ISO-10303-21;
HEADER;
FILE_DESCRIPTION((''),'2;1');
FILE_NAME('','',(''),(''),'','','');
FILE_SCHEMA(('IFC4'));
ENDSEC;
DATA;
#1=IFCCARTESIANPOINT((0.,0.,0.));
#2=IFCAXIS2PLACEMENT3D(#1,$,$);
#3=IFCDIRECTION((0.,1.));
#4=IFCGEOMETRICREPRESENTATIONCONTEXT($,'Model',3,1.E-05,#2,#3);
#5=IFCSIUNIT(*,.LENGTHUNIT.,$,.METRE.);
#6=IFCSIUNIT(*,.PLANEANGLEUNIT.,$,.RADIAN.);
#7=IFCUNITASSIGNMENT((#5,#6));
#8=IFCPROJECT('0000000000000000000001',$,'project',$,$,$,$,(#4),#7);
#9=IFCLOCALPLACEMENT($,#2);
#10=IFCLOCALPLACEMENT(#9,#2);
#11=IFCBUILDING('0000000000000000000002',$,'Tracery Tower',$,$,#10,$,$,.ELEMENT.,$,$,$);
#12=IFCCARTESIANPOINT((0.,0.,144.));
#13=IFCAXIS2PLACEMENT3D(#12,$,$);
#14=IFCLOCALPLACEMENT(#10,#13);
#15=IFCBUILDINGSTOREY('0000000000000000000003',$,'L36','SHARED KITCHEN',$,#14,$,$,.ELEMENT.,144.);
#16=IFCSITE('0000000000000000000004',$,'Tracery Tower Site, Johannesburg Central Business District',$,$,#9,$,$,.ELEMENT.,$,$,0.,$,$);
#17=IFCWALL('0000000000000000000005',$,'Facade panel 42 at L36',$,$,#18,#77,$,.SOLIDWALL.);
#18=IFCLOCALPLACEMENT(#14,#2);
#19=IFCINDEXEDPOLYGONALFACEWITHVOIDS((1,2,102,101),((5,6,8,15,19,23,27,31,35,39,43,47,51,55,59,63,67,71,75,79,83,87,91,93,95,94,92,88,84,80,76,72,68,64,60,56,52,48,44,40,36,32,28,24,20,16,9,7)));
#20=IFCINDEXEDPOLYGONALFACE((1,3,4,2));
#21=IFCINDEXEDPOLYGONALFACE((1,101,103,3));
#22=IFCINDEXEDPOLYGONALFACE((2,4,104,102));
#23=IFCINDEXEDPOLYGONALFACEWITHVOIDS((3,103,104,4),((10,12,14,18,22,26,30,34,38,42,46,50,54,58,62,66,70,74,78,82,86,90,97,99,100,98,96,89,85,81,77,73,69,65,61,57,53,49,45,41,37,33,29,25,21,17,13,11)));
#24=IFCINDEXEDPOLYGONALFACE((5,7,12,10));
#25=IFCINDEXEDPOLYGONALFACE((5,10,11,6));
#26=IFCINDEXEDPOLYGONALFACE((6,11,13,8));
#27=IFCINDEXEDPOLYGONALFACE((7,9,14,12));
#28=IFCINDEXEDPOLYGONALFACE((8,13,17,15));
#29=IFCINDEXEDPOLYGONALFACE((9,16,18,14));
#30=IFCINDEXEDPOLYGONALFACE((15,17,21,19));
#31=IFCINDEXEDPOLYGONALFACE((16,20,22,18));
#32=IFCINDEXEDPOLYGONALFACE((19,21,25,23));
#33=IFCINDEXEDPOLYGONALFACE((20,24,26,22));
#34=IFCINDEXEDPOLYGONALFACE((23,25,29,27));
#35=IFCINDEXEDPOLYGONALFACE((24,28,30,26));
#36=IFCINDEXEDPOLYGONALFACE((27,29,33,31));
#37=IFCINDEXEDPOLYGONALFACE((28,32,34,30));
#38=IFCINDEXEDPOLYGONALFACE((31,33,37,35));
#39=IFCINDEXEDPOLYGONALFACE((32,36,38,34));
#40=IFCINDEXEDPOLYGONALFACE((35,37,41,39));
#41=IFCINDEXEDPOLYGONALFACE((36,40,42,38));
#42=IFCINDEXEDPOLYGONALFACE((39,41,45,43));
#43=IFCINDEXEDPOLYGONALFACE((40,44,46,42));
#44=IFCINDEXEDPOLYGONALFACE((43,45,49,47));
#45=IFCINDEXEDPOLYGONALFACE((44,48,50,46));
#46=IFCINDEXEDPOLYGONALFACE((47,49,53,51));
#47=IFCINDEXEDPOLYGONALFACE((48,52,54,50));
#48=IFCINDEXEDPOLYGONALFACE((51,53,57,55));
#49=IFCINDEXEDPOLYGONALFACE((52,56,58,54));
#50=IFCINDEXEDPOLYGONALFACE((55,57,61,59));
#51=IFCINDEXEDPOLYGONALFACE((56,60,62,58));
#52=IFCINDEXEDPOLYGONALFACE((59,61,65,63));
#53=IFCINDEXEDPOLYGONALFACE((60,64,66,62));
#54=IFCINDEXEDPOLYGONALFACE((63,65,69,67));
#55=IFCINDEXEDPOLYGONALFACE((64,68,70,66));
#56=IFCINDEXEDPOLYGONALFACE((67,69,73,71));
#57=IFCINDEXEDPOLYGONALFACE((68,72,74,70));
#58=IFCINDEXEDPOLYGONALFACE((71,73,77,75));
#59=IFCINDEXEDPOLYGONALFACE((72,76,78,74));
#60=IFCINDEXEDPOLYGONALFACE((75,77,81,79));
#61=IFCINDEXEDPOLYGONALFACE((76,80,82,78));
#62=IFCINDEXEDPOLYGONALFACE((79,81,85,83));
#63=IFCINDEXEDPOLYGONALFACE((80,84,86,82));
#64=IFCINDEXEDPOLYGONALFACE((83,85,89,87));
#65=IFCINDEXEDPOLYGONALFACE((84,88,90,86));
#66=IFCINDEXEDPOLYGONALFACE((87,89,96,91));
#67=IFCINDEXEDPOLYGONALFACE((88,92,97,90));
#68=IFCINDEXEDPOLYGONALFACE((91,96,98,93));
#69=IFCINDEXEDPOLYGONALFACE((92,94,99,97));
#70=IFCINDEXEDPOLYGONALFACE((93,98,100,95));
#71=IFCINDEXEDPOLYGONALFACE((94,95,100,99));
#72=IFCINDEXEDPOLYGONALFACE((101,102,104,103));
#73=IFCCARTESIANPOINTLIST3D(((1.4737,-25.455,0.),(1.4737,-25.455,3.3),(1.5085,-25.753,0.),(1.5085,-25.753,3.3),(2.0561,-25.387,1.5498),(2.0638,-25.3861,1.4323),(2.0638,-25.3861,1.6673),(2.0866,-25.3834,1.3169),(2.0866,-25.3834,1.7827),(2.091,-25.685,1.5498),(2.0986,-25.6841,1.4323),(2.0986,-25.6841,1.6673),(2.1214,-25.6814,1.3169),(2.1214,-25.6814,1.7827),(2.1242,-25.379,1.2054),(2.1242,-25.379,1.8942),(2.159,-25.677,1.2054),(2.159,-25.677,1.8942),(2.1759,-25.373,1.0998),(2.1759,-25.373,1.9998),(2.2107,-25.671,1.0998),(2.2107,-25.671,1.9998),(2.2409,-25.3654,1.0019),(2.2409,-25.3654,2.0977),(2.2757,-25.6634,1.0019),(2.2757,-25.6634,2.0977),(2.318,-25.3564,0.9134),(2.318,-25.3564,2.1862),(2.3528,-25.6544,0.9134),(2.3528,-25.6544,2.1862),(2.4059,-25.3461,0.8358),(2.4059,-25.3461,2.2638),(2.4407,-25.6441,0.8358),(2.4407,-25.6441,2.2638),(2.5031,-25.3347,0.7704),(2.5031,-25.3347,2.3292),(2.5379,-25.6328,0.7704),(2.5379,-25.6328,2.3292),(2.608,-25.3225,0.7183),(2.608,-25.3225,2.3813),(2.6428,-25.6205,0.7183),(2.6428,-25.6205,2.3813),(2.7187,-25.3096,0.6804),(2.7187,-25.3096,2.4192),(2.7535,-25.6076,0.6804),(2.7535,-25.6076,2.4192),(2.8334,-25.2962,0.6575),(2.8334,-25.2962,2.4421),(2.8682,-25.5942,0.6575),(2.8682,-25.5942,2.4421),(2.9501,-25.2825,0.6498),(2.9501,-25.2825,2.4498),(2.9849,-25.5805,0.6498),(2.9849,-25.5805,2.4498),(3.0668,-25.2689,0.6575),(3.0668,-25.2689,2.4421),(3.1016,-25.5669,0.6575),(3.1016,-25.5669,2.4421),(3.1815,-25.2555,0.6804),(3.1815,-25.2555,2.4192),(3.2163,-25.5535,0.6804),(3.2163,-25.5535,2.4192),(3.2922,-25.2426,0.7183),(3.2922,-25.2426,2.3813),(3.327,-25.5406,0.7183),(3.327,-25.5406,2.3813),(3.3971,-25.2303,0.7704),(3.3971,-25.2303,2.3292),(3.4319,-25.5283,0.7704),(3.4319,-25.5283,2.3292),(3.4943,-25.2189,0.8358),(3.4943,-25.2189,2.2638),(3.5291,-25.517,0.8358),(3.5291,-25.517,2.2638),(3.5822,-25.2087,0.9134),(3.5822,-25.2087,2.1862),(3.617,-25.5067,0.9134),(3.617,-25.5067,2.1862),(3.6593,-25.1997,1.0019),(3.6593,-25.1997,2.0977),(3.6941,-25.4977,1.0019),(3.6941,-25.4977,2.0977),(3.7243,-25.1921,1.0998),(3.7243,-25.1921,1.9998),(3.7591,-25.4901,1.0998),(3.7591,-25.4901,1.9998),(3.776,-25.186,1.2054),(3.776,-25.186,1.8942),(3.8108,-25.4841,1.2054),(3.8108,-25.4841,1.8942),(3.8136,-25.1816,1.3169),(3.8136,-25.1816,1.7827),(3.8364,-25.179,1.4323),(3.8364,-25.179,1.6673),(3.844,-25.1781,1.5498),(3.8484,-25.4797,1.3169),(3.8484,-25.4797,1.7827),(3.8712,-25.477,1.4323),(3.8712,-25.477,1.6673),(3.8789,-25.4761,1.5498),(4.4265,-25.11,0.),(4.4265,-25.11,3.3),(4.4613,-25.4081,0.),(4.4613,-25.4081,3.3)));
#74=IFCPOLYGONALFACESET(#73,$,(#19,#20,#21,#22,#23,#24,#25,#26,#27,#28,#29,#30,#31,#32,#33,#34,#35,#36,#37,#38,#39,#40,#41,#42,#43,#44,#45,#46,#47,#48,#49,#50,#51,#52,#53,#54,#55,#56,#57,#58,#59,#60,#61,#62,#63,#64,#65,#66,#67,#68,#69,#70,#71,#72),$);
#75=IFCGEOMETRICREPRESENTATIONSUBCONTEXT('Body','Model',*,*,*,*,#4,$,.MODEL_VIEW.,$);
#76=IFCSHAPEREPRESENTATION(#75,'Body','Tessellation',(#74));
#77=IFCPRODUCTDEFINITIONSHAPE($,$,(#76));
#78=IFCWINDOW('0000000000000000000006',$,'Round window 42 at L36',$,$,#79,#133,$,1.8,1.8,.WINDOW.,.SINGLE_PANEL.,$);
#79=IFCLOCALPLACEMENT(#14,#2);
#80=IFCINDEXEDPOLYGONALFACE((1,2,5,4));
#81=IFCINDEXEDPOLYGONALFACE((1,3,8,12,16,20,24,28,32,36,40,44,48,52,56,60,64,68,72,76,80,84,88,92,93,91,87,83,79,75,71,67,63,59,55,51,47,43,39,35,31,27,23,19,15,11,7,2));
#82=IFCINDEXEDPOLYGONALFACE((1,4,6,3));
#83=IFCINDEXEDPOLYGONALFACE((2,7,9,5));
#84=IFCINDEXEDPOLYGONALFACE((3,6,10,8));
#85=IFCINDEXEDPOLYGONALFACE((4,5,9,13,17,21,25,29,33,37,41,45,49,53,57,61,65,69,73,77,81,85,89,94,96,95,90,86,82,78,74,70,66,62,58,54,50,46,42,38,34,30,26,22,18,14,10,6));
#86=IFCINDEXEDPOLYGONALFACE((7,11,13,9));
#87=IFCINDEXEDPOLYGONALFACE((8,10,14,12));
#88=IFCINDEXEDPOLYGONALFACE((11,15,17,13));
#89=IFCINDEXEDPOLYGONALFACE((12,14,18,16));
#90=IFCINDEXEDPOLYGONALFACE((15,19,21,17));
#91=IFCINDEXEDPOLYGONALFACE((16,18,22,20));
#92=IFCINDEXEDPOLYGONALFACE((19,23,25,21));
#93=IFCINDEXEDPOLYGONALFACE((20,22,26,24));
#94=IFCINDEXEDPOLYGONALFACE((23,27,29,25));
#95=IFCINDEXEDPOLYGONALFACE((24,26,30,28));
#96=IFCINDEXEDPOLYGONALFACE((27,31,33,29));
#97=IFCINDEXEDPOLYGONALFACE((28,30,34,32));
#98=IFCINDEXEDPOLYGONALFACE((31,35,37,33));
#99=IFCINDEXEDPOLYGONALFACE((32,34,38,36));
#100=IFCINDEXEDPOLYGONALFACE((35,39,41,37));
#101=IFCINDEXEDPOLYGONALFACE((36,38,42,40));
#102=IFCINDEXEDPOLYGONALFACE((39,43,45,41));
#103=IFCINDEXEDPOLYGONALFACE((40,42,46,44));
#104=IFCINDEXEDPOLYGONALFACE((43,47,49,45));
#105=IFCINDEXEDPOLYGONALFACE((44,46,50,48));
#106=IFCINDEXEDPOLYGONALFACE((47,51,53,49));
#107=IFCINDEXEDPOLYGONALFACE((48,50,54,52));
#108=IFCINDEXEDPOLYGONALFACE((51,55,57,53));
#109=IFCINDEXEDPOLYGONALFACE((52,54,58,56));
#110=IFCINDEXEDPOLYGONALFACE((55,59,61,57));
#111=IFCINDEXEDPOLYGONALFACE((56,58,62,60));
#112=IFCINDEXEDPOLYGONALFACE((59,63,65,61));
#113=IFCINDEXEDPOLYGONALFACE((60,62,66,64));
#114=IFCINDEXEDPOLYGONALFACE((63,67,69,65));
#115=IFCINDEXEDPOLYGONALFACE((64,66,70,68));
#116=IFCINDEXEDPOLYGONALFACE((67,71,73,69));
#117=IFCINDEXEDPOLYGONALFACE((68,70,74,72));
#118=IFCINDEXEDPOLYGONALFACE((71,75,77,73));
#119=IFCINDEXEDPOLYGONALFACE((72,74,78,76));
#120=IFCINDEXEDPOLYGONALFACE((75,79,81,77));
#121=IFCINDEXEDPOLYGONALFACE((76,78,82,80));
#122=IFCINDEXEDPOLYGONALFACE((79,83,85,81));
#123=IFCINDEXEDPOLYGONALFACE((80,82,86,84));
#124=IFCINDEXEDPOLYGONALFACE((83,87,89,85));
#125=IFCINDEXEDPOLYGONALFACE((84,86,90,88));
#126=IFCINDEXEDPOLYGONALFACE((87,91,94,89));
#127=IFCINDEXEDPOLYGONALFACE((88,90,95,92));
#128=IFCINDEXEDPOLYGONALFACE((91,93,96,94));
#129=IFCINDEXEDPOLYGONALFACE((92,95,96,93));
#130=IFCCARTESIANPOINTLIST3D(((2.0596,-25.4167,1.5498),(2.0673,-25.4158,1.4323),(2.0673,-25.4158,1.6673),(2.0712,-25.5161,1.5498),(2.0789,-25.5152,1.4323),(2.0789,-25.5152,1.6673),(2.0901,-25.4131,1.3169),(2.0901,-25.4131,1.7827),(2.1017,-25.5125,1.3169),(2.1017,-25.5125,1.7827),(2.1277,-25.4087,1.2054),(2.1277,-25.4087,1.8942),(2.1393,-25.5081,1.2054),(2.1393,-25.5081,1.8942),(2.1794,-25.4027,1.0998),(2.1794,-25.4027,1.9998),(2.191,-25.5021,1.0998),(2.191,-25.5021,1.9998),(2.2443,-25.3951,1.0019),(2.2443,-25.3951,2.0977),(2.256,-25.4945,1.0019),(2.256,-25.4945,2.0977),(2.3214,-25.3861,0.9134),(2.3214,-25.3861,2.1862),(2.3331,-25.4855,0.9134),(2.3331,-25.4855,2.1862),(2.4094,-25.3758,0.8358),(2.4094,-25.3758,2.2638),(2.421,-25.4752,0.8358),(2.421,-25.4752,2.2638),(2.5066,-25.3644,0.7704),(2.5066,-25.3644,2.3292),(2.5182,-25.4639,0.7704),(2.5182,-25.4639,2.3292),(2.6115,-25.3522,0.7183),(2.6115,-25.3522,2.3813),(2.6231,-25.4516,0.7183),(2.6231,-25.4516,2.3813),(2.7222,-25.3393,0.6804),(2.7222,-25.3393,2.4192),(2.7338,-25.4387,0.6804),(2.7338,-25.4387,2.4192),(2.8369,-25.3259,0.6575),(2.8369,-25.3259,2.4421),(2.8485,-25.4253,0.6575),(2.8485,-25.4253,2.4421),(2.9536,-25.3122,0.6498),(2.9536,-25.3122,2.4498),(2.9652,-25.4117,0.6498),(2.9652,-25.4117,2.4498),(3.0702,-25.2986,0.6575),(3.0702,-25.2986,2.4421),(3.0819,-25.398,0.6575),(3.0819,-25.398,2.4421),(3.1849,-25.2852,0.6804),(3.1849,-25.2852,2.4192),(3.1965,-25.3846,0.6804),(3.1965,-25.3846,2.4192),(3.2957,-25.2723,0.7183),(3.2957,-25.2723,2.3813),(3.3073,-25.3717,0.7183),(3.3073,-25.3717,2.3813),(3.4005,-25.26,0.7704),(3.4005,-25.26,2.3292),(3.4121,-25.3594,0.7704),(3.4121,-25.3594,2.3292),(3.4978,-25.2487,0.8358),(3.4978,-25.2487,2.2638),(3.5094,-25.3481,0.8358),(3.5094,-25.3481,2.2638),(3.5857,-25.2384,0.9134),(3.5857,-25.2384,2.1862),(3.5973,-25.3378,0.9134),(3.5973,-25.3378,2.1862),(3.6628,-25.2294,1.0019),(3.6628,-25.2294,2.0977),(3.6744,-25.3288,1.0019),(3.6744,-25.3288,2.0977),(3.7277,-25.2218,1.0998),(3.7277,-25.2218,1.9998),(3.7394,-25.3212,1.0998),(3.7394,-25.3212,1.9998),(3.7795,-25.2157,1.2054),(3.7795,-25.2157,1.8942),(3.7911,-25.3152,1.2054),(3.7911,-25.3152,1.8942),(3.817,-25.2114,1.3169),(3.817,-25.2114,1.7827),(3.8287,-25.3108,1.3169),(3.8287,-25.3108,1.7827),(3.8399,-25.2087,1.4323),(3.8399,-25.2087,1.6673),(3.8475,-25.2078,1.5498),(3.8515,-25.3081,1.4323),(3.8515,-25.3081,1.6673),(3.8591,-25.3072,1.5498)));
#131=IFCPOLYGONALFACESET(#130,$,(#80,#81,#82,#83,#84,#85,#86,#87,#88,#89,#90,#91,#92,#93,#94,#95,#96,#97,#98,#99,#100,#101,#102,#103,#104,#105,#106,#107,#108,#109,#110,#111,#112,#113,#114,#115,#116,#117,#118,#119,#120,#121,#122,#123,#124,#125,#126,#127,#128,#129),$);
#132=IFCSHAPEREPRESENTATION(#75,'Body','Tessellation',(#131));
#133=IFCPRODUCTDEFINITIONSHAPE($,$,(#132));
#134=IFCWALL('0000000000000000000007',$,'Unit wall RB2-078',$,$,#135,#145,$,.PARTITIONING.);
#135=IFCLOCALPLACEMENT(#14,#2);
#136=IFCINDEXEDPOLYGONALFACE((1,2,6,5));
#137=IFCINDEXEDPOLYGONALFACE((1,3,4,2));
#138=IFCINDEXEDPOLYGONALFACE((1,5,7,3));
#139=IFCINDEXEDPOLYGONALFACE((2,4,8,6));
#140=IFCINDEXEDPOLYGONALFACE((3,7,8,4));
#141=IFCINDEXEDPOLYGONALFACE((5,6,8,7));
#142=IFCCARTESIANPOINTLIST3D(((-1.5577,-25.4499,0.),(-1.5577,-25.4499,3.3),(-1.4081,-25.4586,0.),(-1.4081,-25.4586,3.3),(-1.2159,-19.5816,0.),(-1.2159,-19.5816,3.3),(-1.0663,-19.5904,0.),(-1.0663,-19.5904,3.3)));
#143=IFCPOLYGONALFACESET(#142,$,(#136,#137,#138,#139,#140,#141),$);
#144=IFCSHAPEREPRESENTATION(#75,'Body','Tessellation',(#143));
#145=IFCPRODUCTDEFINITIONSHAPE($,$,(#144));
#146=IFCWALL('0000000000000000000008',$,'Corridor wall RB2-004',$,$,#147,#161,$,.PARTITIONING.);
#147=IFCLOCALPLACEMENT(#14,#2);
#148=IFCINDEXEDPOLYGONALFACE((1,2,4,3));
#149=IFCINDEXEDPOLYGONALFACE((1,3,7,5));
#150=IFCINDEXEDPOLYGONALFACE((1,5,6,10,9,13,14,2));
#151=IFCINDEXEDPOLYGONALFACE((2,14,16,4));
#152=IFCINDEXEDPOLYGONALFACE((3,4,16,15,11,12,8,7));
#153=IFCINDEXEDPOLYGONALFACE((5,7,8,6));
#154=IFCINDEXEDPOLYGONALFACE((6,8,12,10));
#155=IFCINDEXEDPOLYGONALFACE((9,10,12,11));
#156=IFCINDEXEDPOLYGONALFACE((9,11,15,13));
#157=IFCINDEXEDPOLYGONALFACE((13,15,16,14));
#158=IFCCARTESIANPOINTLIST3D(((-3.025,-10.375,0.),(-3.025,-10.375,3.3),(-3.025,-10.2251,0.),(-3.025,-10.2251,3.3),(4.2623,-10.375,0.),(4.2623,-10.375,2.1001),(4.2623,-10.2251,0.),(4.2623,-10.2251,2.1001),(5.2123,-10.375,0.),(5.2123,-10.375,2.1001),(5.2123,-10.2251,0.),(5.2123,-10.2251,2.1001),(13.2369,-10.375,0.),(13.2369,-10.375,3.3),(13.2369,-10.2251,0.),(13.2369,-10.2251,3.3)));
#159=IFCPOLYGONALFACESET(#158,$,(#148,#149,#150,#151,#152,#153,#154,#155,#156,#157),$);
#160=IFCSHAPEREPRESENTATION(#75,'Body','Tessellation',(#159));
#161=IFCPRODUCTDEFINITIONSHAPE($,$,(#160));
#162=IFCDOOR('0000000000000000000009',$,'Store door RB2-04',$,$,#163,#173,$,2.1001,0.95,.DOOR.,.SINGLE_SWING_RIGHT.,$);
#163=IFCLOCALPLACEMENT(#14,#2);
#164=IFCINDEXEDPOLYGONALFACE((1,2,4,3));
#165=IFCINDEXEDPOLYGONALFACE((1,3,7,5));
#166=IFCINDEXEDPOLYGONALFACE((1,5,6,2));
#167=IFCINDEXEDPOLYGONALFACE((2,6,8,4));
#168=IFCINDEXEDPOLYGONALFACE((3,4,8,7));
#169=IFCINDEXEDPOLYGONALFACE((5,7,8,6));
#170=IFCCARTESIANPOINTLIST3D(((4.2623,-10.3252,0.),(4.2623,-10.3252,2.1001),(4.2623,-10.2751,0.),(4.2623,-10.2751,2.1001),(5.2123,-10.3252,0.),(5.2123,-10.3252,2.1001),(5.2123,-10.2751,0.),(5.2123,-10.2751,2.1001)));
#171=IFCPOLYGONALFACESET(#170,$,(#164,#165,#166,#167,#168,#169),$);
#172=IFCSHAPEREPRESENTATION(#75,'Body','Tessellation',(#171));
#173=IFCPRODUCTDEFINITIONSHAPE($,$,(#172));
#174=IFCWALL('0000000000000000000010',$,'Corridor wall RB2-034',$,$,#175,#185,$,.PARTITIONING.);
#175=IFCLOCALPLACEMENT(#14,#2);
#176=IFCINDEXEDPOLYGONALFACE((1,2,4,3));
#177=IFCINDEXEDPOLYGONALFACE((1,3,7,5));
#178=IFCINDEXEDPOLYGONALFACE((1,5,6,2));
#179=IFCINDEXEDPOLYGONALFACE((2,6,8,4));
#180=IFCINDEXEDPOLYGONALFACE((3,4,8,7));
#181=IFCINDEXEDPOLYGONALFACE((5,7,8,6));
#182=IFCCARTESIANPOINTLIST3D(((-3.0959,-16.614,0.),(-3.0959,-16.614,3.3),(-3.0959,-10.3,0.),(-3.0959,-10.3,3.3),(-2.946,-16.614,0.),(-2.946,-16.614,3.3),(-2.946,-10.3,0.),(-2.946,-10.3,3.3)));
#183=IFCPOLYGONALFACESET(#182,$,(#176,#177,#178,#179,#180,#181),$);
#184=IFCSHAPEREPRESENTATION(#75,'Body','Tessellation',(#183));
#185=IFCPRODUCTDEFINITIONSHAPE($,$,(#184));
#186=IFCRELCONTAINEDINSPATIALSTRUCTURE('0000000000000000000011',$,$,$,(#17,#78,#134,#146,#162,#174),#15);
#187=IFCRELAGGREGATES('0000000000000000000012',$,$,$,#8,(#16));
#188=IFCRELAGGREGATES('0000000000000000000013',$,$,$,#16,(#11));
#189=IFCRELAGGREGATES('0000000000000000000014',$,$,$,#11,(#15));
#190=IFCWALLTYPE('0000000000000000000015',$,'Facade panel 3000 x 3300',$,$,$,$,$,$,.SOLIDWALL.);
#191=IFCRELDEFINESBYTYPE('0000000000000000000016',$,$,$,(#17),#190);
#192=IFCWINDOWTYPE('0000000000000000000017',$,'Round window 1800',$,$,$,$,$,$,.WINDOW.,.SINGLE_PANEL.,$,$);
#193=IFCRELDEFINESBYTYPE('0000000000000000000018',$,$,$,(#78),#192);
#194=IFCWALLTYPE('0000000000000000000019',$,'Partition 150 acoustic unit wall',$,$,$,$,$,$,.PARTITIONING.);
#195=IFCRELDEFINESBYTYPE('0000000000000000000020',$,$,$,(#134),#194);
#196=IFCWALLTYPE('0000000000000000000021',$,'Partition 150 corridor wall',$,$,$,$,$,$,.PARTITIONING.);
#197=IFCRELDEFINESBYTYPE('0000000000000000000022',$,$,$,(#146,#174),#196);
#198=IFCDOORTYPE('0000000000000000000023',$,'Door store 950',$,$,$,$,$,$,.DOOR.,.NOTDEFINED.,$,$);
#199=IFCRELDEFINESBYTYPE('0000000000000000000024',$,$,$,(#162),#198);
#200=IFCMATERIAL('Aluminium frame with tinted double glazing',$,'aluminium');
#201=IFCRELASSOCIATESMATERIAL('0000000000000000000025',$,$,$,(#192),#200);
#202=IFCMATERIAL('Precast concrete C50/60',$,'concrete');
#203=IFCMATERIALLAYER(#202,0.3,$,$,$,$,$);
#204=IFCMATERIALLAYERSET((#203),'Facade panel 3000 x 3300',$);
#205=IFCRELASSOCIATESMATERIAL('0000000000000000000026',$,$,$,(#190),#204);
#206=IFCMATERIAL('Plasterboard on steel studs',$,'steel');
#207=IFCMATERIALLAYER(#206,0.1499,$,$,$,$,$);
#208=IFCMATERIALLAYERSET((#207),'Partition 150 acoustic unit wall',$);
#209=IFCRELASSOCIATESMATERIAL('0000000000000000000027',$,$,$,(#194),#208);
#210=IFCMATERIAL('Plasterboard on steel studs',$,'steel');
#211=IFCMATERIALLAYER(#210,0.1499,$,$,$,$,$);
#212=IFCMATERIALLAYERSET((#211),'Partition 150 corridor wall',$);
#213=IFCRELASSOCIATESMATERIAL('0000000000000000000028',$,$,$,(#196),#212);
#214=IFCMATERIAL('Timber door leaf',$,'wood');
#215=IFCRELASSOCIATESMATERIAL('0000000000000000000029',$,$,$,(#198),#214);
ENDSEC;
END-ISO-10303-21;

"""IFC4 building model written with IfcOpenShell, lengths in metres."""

from ifc_helpers import new_model, si_unit, direction, frame, frame_2d, origin, origin_2d, place, context, subcontext, project, spatial, rectangle, circle, extrude, material, layer, layer_set, type_object, element, fill, save


model = new_model("IFC4")

# Units and contexts
model_context = context("Model", 3, precision=1e-05, world=origin(), true_north=direction((0.0, 1.0)))
body_context = subcontext(model_context, "Body", "Model", "MODEL_VIEW")
ifc_project = project(units=[si_unit("LENGTHUNIT", "METRE"), si_unit("PLANEANGLEUNIT", "RADIAN")], contexts=[model_context])

# Site, building, storey
site_placement = place(None, origin())
site = spatial("IfcSite", under=ifc_project, at=site_placement, Name="Tracery Tower Site, Johannesburg Central Business District", CompositionType="ELEMENT", RefElevation=0.0)
building_placement = place(site_placement, origin())
building = spatial("IfcBuilding", under=site, at=building_placement, Name="Tracery Tower", CompositionType="ELEMENT")
storey_placement = place(building_placement, frame((0.0, 0.0, 144.0)))
storey = spatial("IfcBuildingStorey", under=building, at=storey_placement, Name="L36", Description="SHARED KITCHEN", CompositionType="ELEMENT", Elevation=144.0)

# Wall, opening, window
ifc_material_1 = material(Name="Aluminium frame with tinted double glazing", Category="aluminium")
window_type = type_object("IfcWindowType", Name="Round window 1800", PartitioningType="SINGLE_PANEL", PredefinedType="WINDOW", material=ifc_material_1)
ifc_material_2 = material(Name="Precast concrete C50/60", Category="concrete")
ifc_layer_1 = layer(ifc_material_2, 0.3)
ifc_layer_set_1 = layer_set([ifc_layer_1], Name="Facade panel 3000 x 3300")
wall_type_1 = type_object("IfcWallType", Name="Facade panel 3000 x 3300", PredefinedType="SOLIDWALL", material=ifc_layer_set_1)
wall_1_placement = place(storey_placement, frame((1.4912, -25.604, 0.0), z_axis=(0.0, 0.0, 1.0), x_axis=(0.993245, 0.116036, 0.0)))
wall_1 = element("IfcWall", 1, at=wall_1_placement, inside=storey, type_object=wall_type_1, Name="Facade panel 42 at L36", PredefinedType="SOLIDWALL", context=body_context, shape_type="SweptSolid", body=[
    extrude(rectangle(XDim=2.9729, YDim=0.3, at=frame_2d((1.4863, 0.0))), origin(), (0.0, 0.0, 1.0), 3.3),
])
opening_1_placement = place(wall_1_placement, frame((1.4863, 0.0, 1.5498)))
opening_1 = element("IfcOpeningElement", 2, at=opening_1_placement, cuts=wall_1, PredefinedType="OPENING", context=body_context, shape_type="SweptSolid", body=[
    extrude(circle(Radius=0.9, at=origin_2d()), frame((0.0, 0.1599, 0.0), z_axis=(0.0, -1.0, 0.0), x_axis=(1.0, 0.0, 0.0)), (0.0, 0.0, 1.0), 0.3201),
])
window_1_placement = place(opening_1_placement, origin())
window_1 = element("IfcWindow", 3, at=window_1_placement, inside=storey, type_object=window_type, Name="Round window 42 at L36", OverallHeight=1.8, OverallWidth=1.8, PartitioningType="SINGLE_PANEL", PredefinedType="WINDOW", context=body_context, shape_type="SweptSolid", body=[
    extrude(circle(Radius=0.9, at=origin_2d()), frame((0.0, 0.1201, 0.0), z_axis=(0.0, -1.0, 0.0), x_axis=(1.0, 0.0, 0.0)), (0.0, 0.0, 1.0), 0.1001),
])
fill(opening_1, window_1)

# Wall
ifc_material_3 = material(Name="Plasterboard on steel studs", Category="steel")
ifc_layer_2 = layer(ifc_material_3, 0.1499)
ifc_layer_set_2 = layer_set([ifc_layer_2], Name="Partition 150 acoustic unit wall")
wall_type_2 = type_object("IfcWallType", Name="Partition 150 acoustic unit wall", PredefinedType="PARTITIONING", material=ifc_layer_set_2)
wall_2_placement = place(storey_placement, frame((-1.4829, -25.4541, 0.0), z_axis=(0.0, 0.0, 1.0), x_axis=(0.058147, 0.998308, 0.0)))
element("IfcWall", 4, at=wall_2_placement, inside=storey, type_object=wall_type_2, Name="Unit wall RB2-078", PredefinedType="PARTITIONING", context=body_context, shape_type="SweptSolid", body=[
    extrude(rectangle(XDim=5.8782, YDim=0.1499, at=frame_2d((2.939, 0.0))), origin(), (0.0, 0.0, 1.0), 3.3),
])

# Wall, opening, door
ifc_material_4 = material(Name="Plasterboard on steel studs", Category="steel")
ifc_layer_3 = layer(ifc_material_4, 0.1499)
ifc_layer_set_3 = layer_set([ifc_layer_3], Name="Partition 150 corridor wall")
wall_type_3 = type_object("IfcWallType", Name="Partition 150 corridor wall", PredefinedType="PARTITIONING", material=ifc_layer_set_3)
wall_3_placement = place(storey_placement, frame((-3.0249, -10.3, 0.0), z_axis=(0.0, 0.0, 1.0), x_axis=(1.0, 0.0, 0.0)))
wall_3 = element("IfcWall", 5, at=wall_3_placement, inside=storey, type_object=wall_type_3, Name="Corridor wall RB2-004", PredefinedType="PARTITIONING", context=body_context, shape_type="SweptSolid", body=[
    extrude(rectangle(XDim=16.262, YDim=0.1499, at=frame_2d((8.1309, 0.0))), origin(), (0.0, 0.0, 1.0), 3.3),
])
opening_2_placement = place(wall_3_placement, frame((7.2871, 0.0, 0.0)))
opening_2 = element("IfcOpeningElement", 6, at=opening_2_placement, cuts=wall_3, PredefinedType="OPENING", context=body_context, shape_type="SweptSolid", body=[
    extrude(rectangle(XDim=0.95, YDim=2.1001, at=frame_2d((0.4751, 1.05))), frame((0.0, 0.075, 0.0), z_axis=(0.0, -1.0, 0.0), x_axis=(1.0, 0.0, 0.0)), (0.0, 0.0, 1.0), 0.1499),
])
ifc_material_5 = material(Name="Timber door leaf", Category="wood")
door_type_1 = type_object("IfcDoorType", Name="Door store 950", OperationType="NOTDEFINED", PredefinedType="DOOR", material=ifc_material_5)
door_1_placement = place(opening_2_placement, origin())
door_1 = element("IfcDoor", 7, at=door_1_placement, inside=storey, type_object=door_type_1, Name="Store door RB2-04", OperationType="SINGLE_SWING_RIGHT", OverallHeight=2.1001, OverallWidth=0.95, PredefinedType="DOOR", context=body_context, shape_type="SweptSolid", body=[
    extrude(rectangle(XDim=0.95, YDim=2.1001, at=frame_2d((0.4751, 1.05))), frame((0.0, 0.0249, 0.0), z_axis=(0.0, -1.0, 0.0), x_axis=(1.0, 0.0, 0.0)), (0.0, 0.0, 1.0), 0.05),
])
fill(opening_2, door_1)

# Wall
wall_4_placement = place(storey_placement, frame((-3.021, -16.614, 0.0), z_axis=(0.0, 0.0, 1.0), x_axis=(0.0, 1.0, 0.0)))
element("IfcWall", 8, at=wall_4_placement, inside=storey, type_object=wall_type_3, Name="Corridor wall RB2-034", PredefinedType="PARTITIONING", context=body_context, shape_type="SweptSolid", body=[
    extrude(rectangle(XDim=6.314, YDim=0.1499, at=frame_2d((3.157, 0.0))), origin(), (0.0, 0.0, 1.0), 3.3),
])

save(model, "model.ifc")
